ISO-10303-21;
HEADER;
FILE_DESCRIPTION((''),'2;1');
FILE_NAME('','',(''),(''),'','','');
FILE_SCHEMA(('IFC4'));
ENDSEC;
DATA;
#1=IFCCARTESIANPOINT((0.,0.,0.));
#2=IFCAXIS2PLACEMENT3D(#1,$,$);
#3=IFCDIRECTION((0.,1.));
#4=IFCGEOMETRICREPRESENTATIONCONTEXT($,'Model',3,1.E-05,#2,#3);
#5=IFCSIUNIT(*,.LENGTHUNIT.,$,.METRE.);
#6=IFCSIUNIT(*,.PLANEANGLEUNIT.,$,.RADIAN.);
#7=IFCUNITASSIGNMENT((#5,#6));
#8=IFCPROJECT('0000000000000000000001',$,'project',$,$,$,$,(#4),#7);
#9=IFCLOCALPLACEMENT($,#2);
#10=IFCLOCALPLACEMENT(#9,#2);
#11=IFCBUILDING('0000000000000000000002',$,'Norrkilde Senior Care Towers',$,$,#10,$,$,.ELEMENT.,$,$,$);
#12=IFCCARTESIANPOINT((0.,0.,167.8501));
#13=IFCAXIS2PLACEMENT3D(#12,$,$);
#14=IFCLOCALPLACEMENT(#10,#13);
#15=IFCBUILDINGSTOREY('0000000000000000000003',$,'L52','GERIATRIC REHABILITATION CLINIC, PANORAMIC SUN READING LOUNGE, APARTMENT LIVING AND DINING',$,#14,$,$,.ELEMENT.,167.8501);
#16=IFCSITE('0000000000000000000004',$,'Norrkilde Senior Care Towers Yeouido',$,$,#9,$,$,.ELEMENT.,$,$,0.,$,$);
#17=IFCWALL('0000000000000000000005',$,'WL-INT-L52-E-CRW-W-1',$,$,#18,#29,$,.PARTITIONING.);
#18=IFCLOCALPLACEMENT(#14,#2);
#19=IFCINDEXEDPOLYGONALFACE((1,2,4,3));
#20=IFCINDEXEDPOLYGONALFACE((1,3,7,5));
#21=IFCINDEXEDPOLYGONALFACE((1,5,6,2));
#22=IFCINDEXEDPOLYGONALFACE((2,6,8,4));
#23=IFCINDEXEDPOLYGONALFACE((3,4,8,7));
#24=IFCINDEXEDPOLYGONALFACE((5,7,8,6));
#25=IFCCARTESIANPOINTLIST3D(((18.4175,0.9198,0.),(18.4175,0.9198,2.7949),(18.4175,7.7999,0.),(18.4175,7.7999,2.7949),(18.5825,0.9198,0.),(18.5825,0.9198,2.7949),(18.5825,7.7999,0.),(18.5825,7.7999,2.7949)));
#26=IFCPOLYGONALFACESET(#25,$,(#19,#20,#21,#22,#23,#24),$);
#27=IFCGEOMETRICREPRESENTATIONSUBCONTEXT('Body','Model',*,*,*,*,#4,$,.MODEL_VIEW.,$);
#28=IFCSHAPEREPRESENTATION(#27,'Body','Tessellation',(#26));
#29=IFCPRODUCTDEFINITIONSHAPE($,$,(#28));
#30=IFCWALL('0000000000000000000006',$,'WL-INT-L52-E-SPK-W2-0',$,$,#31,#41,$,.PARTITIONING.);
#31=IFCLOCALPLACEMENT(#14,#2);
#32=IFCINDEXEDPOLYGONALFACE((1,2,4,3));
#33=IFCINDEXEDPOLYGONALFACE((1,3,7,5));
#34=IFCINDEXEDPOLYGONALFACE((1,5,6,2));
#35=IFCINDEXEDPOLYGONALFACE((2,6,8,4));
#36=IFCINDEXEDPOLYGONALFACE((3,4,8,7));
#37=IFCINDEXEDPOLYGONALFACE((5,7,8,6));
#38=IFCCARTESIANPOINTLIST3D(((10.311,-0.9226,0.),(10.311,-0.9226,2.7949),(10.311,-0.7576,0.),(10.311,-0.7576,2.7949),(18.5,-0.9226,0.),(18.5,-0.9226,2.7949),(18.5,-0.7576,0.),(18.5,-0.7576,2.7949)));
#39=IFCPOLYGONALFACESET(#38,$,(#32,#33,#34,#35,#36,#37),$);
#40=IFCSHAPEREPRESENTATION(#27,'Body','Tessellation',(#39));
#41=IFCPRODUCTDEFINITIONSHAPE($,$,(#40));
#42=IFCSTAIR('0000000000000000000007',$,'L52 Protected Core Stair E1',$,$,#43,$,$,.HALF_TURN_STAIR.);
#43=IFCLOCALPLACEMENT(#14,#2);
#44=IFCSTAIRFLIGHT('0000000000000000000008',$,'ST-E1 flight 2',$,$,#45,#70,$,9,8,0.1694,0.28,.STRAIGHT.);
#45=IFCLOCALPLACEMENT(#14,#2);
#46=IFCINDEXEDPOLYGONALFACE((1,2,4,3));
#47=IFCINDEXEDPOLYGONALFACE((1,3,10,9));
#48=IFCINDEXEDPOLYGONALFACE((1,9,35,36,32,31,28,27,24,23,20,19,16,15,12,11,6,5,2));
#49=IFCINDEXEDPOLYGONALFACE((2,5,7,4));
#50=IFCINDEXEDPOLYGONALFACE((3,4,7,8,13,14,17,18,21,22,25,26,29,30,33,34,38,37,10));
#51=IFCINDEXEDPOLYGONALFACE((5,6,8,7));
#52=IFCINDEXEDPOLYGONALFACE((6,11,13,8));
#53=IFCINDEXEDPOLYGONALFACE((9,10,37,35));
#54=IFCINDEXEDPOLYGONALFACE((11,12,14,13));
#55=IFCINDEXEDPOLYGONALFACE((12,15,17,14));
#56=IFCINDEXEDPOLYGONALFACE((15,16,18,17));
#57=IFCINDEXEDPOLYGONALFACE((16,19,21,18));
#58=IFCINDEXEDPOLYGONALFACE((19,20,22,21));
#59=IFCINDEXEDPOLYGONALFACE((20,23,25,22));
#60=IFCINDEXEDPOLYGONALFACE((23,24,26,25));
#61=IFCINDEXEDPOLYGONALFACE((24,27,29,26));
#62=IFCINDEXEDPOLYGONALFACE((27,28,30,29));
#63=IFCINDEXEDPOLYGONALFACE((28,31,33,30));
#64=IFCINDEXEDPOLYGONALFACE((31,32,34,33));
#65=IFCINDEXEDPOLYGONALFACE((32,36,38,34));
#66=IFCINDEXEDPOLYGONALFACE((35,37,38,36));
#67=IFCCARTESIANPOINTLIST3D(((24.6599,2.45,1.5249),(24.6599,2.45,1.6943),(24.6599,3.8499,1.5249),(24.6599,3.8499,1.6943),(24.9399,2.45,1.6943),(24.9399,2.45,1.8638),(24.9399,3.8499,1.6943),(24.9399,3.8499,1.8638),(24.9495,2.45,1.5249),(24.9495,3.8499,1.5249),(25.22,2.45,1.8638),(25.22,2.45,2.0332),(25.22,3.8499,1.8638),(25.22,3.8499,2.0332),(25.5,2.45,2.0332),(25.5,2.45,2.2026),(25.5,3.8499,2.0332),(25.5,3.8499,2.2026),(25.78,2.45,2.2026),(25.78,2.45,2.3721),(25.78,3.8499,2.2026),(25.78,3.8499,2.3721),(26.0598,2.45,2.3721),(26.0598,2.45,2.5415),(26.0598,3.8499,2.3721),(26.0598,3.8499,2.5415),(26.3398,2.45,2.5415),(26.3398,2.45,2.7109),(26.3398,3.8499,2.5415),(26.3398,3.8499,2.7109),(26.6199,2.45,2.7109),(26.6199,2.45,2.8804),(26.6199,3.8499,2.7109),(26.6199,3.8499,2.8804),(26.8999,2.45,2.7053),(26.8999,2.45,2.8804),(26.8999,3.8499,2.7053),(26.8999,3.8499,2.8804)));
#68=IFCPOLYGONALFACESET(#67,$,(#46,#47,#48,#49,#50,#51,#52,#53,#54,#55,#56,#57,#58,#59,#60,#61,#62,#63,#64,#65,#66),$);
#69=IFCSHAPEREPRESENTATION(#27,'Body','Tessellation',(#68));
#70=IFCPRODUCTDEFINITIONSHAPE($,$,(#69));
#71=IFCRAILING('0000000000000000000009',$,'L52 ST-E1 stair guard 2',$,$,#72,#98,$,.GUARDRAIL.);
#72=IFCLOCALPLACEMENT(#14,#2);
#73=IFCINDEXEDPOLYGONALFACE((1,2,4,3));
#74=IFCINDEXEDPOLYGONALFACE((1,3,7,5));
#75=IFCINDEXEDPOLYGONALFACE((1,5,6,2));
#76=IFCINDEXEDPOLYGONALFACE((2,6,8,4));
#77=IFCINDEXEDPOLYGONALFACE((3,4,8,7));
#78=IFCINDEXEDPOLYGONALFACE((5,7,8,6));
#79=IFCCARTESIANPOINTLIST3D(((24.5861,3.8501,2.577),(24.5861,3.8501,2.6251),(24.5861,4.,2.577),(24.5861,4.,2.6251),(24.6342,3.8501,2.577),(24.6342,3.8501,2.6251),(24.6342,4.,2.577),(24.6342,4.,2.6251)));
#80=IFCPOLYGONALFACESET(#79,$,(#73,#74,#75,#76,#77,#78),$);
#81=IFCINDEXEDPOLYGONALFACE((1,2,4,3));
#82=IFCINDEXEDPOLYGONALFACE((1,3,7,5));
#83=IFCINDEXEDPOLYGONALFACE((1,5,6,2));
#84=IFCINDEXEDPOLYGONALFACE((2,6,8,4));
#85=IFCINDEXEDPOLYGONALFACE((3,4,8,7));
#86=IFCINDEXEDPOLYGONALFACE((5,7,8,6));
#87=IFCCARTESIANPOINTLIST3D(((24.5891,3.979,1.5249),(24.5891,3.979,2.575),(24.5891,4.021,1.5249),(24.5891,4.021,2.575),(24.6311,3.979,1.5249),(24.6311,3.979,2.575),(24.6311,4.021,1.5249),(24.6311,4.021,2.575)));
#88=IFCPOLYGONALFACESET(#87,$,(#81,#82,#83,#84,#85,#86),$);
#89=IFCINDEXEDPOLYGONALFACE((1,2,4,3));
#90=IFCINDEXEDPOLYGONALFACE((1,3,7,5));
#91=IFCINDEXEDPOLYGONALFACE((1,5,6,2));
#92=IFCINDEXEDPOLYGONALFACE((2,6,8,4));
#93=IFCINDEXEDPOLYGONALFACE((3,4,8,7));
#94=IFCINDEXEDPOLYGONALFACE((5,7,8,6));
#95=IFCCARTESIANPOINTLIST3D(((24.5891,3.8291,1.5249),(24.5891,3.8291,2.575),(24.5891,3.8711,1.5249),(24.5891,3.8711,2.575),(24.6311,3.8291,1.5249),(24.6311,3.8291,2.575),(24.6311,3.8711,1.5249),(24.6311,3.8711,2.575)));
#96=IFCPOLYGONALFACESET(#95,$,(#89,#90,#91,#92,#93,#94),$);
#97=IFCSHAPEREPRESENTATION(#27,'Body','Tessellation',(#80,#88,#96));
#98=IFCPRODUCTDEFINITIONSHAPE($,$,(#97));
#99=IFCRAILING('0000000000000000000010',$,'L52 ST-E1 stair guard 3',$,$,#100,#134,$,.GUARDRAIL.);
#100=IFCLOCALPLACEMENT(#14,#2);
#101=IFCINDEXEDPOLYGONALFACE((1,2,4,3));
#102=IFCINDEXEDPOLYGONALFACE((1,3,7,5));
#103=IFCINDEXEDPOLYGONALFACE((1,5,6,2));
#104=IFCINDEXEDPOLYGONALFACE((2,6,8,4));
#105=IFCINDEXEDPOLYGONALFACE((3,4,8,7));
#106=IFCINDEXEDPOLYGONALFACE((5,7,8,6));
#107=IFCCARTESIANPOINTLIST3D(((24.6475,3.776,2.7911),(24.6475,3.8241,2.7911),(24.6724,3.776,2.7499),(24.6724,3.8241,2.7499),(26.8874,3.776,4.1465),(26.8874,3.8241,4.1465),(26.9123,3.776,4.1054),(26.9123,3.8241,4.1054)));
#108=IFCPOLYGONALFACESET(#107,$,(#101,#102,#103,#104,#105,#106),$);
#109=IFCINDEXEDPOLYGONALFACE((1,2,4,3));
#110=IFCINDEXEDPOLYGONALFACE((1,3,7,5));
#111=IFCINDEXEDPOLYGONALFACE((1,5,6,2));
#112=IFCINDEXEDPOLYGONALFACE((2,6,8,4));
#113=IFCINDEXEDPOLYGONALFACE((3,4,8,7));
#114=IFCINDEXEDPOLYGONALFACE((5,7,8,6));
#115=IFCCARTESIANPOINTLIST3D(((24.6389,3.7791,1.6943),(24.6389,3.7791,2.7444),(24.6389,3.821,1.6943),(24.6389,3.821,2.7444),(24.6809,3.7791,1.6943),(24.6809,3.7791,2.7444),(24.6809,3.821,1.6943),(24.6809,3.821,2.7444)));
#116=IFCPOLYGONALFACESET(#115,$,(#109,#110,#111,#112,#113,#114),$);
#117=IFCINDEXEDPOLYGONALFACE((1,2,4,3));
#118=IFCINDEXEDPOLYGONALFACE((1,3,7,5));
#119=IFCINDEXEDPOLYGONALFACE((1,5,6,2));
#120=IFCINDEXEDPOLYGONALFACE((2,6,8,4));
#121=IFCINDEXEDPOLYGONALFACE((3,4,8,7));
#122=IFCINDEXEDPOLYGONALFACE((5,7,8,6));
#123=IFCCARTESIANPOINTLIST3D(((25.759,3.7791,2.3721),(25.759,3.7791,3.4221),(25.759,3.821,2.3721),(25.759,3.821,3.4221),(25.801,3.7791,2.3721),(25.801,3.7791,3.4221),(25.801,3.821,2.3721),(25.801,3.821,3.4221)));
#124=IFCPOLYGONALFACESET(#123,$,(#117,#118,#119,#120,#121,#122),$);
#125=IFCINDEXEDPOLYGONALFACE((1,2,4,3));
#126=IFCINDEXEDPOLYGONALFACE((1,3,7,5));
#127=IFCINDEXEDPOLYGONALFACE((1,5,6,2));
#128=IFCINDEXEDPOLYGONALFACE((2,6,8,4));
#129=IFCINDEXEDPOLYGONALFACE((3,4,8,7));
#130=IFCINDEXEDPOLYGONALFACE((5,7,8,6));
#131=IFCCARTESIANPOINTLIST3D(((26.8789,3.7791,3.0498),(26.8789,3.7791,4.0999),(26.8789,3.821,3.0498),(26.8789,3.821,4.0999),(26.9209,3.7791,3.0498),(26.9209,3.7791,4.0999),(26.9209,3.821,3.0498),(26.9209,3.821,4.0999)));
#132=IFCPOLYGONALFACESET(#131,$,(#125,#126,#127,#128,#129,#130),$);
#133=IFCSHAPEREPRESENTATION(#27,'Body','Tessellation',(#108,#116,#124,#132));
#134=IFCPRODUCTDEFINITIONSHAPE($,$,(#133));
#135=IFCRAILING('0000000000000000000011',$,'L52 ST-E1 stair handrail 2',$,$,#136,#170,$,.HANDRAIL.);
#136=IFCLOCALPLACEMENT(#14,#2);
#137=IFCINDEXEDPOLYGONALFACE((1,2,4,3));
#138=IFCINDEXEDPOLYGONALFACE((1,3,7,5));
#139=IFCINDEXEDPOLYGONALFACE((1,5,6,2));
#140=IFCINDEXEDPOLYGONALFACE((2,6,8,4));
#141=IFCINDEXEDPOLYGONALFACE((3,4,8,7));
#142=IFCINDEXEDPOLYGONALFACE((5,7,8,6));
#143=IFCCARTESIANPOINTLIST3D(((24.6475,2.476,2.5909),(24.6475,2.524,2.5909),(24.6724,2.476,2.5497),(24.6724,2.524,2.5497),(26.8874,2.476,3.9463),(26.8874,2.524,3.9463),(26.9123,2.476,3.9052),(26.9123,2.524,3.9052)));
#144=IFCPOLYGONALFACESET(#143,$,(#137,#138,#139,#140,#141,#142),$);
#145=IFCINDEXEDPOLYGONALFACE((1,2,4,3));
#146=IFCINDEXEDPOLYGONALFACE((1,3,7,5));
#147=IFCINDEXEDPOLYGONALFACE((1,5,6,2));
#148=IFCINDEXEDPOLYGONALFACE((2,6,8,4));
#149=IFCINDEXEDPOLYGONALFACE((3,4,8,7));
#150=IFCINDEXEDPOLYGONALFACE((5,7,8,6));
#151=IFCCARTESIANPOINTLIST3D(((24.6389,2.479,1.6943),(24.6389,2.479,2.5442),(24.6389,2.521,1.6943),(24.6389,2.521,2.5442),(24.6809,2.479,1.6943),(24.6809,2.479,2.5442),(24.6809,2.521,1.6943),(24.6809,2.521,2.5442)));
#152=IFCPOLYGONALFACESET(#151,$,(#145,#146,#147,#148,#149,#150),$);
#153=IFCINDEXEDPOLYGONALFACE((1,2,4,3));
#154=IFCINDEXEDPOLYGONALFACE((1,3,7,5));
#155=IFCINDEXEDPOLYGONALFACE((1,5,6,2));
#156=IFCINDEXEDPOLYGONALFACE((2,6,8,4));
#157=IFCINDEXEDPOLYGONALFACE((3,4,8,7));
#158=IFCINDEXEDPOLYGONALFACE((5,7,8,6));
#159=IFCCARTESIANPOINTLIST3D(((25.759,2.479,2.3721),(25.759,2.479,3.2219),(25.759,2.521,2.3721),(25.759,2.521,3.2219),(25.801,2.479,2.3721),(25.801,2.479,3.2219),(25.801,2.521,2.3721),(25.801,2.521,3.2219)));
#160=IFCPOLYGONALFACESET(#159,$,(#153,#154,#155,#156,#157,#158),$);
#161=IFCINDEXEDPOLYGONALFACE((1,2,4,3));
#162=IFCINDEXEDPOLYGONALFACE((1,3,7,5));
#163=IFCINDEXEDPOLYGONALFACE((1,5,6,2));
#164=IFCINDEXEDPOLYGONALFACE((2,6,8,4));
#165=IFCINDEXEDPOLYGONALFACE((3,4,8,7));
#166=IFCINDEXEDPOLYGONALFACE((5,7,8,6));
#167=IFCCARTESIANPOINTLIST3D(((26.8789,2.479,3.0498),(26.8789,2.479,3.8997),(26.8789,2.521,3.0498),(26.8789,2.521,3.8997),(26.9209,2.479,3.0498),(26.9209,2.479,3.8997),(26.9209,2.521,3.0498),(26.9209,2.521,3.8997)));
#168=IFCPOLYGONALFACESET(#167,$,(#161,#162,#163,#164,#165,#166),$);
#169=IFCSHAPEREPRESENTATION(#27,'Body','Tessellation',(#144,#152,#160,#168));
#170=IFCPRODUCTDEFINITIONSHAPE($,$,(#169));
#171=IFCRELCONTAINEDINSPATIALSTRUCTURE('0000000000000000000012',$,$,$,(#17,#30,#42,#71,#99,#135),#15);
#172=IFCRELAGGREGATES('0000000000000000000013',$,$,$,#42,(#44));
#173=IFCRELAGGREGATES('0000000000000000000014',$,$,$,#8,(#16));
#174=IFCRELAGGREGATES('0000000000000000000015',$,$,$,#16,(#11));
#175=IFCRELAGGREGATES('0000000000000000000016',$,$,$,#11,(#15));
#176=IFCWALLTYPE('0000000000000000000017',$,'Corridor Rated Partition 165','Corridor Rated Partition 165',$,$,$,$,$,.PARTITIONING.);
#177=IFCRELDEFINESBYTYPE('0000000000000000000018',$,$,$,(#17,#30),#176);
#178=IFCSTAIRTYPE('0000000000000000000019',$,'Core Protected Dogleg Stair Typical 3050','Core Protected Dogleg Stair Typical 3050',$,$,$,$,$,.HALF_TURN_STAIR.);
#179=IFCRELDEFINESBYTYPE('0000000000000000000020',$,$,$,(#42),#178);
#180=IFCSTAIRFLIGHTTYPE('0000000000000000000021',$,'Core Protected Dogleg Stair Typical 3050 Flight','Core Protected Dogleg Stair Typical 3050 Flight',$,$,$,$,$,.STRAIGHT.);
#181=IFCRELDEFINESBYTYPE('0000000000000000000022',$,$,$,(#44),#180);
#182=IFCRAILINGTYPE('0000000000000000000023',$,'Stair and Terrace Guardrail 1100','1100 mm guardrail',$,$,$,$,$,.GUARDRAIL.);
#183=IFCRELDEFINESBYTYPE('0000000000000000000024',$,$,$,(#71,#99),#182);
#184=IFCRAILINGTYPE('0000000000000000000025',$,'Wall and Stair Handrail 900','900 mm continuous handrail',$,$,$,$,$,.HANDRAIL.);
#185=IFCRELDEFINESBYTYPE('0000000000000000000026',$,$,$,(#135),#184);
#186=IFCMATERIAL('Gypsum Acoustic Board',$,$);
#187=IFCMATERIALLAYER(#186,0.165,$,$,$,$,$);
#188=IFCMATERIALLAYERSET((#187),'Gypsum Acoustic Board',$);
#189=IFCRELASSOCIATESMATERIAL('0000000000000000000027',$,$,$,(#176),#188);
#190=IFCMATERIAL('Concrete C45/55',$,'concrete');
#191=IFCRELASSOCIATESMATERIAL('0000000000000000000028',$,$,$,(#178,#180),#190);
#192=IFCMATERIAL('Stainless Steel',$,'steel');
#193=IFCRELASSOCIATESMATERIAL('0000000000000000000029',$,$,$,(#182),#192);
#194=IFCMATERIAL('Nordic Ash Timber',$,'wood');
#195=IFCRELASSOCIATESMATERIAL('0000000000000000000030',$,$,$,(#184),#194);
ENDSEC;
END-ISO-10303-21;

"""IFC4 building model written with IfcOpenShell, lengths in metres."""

from ifc_helpers import new_model, si_unit, direction, frame, frame_2d, origin, origin_2d, place, context, subcontext, project, spatial, polyline, rectangle, outline, extrude, source, transform, mapped, material, layer, layer_set, type_object, element, aggregate, save


model = new_model("IFC4")

# Units and contexts
model_context = context("Model", 3, precision=1e-05, world=origin(), true_north=direction((0.0, 1.0)))
body_context = subcontext(model_context, "Body", "Model", "MODEL_VIEW")
ifc_project = project(units=[si_unit("LENGTHUNIT", "METRE"), si_unit("PLANEANGLEUNIT", "RADIAN")], contexts=[model_context])

# Site, building, storey
site_placement = place(None, origin())
site = spatial("IfcSite", under=ifc_project, at=site_placement, Name="Norrkilde Senior Care Towers Yeouido", CompositionType="ELEMENT", RefElevation=0.0)
building_placement = place(site_placement, origin())
building = spatial("IfcBuilding", under=site, at=building_placement, Name="Norrkilde Senior Care Towers", CompositionType="ELEMENT")
storey_placement = place(building_placement, frame((0.0, 0.0, 167.8501)))
storey = spatial("IfcBuildingStorey", under=building, at=storey_placement, Name="L52", Description="GERIATRIC REHABILITATION CLINIC, PANORAMIC SUN READING LOUNGE, APARTMENT LIVING AND DINING", CompositionType="ELEMENT", Elevation=167.8501)

# Shared definitions
ifc_material_1 = material(Name="Concrete C45/55", Category="concrete")

# Shared definitions
ifc_material_2 = material(Name="Gypsum Acoustic Board")
ifc_layer_1 = layer(ifc_material_2, 0.165)
ifc_layer_set_1 = layer_set([ifc_layer_1], Name="Gypsum Acoustic Board")
wall_type_1 = type_object("IfcWallType", Name="Corridor Rated Partition 165", Description="Corridor Rated Partition 165", PredefinedType="PARTITIONING", material=ifc_layer_set_1)

# Walls
shared_shape_1 = source(origin(), body_context, "Body", "SweptSolid", [
    extrude(rectangle(XDim=6.8801, YDim=0.165, at=frame_2d((3.4399, 0.0))), origin(), (0.0, 0.0, 1.0), 2.7949),
])
wall_1_placement = place(storey_placement, frame((18.5, 0.9199, 0.0), z_axis=(0.0, 0.0, 1.0), x_axis=(0.0, 1.0, 0.0)))
element("IfcWall", 1, at=wall_1_placement, inside=storey, type_object=wall_type_1, Name="WL-INT-L52-E-CRW-W-1", PredefinedType="PARTITIONING", context=body_context, shape_type="MappedRepresentation", body=[
    mapped(shared_shape_1, transform((0.0, 0.0, 0.0), x_axis=(1.0, 0.0, 0.0), y_axis=(0.0, 1.0, 0.0), z_axis=(0.0, 0.0, 1.0), scale=1.0)),
])
shared_shape_2 = source(origin(), body_context, "Body", "SweptSolid", [
    extrude(rectangle(XDim=8.189, YDim=0.165, at=frame_2d((4.0945, 0.0))), origin(), (0.0, 0.0, 1.0), 2.7949),
])
wall_2_placement = place(storey_placement, frame((18.5, -0.8401, 0.0), z_axis=(0.0, 0.0, 1.0), x_axis=(-1.0, 0.0, 0.0)))
element("IfcWall", 2, at=wall_2_placement, inside=storey, type_object=wall_type_1, Name="WL-INT-L52-E-SPK-W2-0", PredefinedType="PARTITIONING", context=body_context, shape_type="MappedRepresentation", body=[
    mapped(shared_shape_2, transform((0.0, 0.0, 0.0), x_axis=(1.0, 0.0, 0.0), y_axis=(0.0, 1.0, 0.0), z_axis=(0.0, 0.0, 1.0), scale=1.0)),
])

# Stair, stair flight
stair_type = type_object("IfcStairType", Name="Core Protected Dogleg Stair Typical 3050", Description="Core Protected Dogleg Stair Typical 3050", PredefinedType="HALF_TURN_STAIR", material=ifc_material_1)
stair_placement = place(storey_placement, origin())
stair = element("IfcStair", 3, at=stair_placement, inside=storey, type_object=stair_type, Name="L52 Protected Core Stair E1", PredefinedType="HALF_TURN_STAIR")
stair_flight_type = type_object("IfcStairFlightType", Name="Core Protected Dogleg Stair Typical 3050 Flight", Description="Core Protected Dogleg Stair Typical 3050 Flight", PredefinedType="STRAIGHT", material=ifc_material_1)
stair_flight_placement = place(storey_placement, frame((24.6599, 3.1499, 1.5249), z_axis=(0.0, 0.0, 1.0), x_axis=(1.0, 0.0, 0.0)))
stair_flight = element("IfcStairFlight", 4, at=stair_flight_placement, type_object=stair_flight_type, Name="ST-E1 flight 2", NumberOfRisers=9, NumberOfTreads=8, PredefinedType="STRAIGHT", RiserHeight=0.1694, TreadLength=0.28, context=body_context, shape_type="SweptSolid", body=[
    extrude(outline(polyline([(0.0, 0.0), (0.0, 0.1694), (0.28, 0.1694), (0.28, 0.3389), (0.5601, 0.3389), (0.5601, 0.5083), (0.8401, 0.5083), (0.8401, 0.6777), (1.1201, 0.6777), (1.1201, 0.8472), (1.3999, 0.8472), (1.3999, 1.0166), (1.6799, 1.0166), (1.6799, 1.186), (1.96, 1.186), (1.96, 1.3555), (2.24, 1.3555), (2.24, 1.5249), (2.24, 1.1804), (0.2896, 0.0), (0.0, 0.0)])), frame((0.0, 0.7, 0.0), z_axis=(0.0, -1.0, 0.0), x_axis=(1.0, 0.0, 0.0)), (0.0, 0.0, 1.0), 1.3999),
])
aggregate(stair, [stair_flight])

# Railings
ifc_material_3 = material(Name="Stainless Steel", Category="steel")
railing_type_1 = type_object("IfcRailingType", Name="Stair and Terrace Guardrail 1100", Description="1100 mm guardrail", PredefinedType="GUARDRAIL", material=ifc_material_3)
railing_1_placement = place(storey_placement, frame((24.6101, 4.0, 1.5249)))
element("IfcRailing", 5, at=railing_1_placement, inside=storey, type_object=railing_type_1, Name="L52 ST-E1 stair guard 2", PredefinedType="GUARDRAIL", context=body_context, shape_type="SweptSolid", body=[
    extrude(rectangle(XDim=0.0481, YDim=0.0481, at=origin_2d()), frame((0.0, 0.0, 1.0762), z_axis=(0.0, -1.0, 0.0), x_axis=(1.0, 0.0, 0.0)), (0.0, 0.0, 1.0), 0.1499),
    extrude(rectangle(XDim=0.042, YDim=0.042, at=origin_2d()), origin(), (0.0, 0.0, 1.0), 1.05),
    extrude(rectangle(XDim=0.042, YDim=0.042, at=origin_2d()), frame((0.0, -0.1499, 0.0)), (0.0, 0.0, 1.0), 1.05),
])
railing_2_placement = place(storey_placement, frame((24.6599, 3.8, 1.6943)))
element("IfcRailing", 6, at=railing_2_placement, inside=storey, type_object=railing_type_1, Name="L52 ST-E1 stair guard 3", PredefinedType="GUARDRAIL", context=body_context, shape_type="SweptSolid", body=[
    extrude(rectangle(XDim=0.0481, YDim=0.0481, at=origin_2d()), frame((0.0, 0.0, 1.0762), z_axis=(0.855553, 0.0, 0.517715), x_axis=(0.0, 1.0, 0.0)), (0.0, 0.0, 1.0), 2.6182),
    extrude(rectangle(XDim=0.042, YDim=0.042, at=origin_2d()), origin(), (0.0, 0.0, 1.0), 1.05),
    extrude(rectangle(XDim=0.042, YDim=0.042, at=origin_2d()), frame((1.1201, 0.0, 0.6777)), (0.0, 0.0, 1.0), 1.05),
    extrude(rectangle(XDim=0.042, YDim=0.042, at=origin_2d()), frame((2.24, 0.0, 1.3555)), (0.0, 0.0, 1.0), 1.05),
])
ifc_material_4 = material(Name="Nordic Ash Timber", Category="wood")
railing_type_2 = type_object("IfcRailingType", Name="Wall and Stair Handrail 900", Description="900 mm continuous handrail", PredefinedType="HANDRAIL", material=ifc_material_4)
railing_3_placement = place(storey_placement, frame((24.6599, 2.5, 1.6943)))
element("IfcRailing", 7, at=railing_3_placement, inside=storey, type_object=railing_type_2, Name="L52 ST-E1 stair handrail 2", PredefinedType="HANDRAIL", context=body_context, shape_type="SweptSolid", body=[
    extrude(rectangle(XDim=0.0481, YDim=0.0481, at=origin_2d()), frame((0.0, 0.0, 0.876), z_axis=(0.855553, 0.0, 0.517715), x_axis=(0.0, 1.0, 0.0)), (0.0, 0.0, 1.0), 2.6182),
    extrude(rectangle(XDim=0.042, YDim=0.042, at=origin_2d()), origin(), (0.0, 0.0, 1.0), 0.8499),
    extrude(rectangle(XDim=0.042, YDim=0.042, at=origin_2d()), frame((1.1201, 0.0, 0.6777)), (0.0, 0.0, 1.0), 0.8499),
    extrude(rectangle(XDim=0.042, YDim=0.042, at=origin_2d()), frame((2.24, 0.0, 1.3555)), (0.0, 0.0, 1.0), 0.8499),
])

save(model, "model.ifc")
